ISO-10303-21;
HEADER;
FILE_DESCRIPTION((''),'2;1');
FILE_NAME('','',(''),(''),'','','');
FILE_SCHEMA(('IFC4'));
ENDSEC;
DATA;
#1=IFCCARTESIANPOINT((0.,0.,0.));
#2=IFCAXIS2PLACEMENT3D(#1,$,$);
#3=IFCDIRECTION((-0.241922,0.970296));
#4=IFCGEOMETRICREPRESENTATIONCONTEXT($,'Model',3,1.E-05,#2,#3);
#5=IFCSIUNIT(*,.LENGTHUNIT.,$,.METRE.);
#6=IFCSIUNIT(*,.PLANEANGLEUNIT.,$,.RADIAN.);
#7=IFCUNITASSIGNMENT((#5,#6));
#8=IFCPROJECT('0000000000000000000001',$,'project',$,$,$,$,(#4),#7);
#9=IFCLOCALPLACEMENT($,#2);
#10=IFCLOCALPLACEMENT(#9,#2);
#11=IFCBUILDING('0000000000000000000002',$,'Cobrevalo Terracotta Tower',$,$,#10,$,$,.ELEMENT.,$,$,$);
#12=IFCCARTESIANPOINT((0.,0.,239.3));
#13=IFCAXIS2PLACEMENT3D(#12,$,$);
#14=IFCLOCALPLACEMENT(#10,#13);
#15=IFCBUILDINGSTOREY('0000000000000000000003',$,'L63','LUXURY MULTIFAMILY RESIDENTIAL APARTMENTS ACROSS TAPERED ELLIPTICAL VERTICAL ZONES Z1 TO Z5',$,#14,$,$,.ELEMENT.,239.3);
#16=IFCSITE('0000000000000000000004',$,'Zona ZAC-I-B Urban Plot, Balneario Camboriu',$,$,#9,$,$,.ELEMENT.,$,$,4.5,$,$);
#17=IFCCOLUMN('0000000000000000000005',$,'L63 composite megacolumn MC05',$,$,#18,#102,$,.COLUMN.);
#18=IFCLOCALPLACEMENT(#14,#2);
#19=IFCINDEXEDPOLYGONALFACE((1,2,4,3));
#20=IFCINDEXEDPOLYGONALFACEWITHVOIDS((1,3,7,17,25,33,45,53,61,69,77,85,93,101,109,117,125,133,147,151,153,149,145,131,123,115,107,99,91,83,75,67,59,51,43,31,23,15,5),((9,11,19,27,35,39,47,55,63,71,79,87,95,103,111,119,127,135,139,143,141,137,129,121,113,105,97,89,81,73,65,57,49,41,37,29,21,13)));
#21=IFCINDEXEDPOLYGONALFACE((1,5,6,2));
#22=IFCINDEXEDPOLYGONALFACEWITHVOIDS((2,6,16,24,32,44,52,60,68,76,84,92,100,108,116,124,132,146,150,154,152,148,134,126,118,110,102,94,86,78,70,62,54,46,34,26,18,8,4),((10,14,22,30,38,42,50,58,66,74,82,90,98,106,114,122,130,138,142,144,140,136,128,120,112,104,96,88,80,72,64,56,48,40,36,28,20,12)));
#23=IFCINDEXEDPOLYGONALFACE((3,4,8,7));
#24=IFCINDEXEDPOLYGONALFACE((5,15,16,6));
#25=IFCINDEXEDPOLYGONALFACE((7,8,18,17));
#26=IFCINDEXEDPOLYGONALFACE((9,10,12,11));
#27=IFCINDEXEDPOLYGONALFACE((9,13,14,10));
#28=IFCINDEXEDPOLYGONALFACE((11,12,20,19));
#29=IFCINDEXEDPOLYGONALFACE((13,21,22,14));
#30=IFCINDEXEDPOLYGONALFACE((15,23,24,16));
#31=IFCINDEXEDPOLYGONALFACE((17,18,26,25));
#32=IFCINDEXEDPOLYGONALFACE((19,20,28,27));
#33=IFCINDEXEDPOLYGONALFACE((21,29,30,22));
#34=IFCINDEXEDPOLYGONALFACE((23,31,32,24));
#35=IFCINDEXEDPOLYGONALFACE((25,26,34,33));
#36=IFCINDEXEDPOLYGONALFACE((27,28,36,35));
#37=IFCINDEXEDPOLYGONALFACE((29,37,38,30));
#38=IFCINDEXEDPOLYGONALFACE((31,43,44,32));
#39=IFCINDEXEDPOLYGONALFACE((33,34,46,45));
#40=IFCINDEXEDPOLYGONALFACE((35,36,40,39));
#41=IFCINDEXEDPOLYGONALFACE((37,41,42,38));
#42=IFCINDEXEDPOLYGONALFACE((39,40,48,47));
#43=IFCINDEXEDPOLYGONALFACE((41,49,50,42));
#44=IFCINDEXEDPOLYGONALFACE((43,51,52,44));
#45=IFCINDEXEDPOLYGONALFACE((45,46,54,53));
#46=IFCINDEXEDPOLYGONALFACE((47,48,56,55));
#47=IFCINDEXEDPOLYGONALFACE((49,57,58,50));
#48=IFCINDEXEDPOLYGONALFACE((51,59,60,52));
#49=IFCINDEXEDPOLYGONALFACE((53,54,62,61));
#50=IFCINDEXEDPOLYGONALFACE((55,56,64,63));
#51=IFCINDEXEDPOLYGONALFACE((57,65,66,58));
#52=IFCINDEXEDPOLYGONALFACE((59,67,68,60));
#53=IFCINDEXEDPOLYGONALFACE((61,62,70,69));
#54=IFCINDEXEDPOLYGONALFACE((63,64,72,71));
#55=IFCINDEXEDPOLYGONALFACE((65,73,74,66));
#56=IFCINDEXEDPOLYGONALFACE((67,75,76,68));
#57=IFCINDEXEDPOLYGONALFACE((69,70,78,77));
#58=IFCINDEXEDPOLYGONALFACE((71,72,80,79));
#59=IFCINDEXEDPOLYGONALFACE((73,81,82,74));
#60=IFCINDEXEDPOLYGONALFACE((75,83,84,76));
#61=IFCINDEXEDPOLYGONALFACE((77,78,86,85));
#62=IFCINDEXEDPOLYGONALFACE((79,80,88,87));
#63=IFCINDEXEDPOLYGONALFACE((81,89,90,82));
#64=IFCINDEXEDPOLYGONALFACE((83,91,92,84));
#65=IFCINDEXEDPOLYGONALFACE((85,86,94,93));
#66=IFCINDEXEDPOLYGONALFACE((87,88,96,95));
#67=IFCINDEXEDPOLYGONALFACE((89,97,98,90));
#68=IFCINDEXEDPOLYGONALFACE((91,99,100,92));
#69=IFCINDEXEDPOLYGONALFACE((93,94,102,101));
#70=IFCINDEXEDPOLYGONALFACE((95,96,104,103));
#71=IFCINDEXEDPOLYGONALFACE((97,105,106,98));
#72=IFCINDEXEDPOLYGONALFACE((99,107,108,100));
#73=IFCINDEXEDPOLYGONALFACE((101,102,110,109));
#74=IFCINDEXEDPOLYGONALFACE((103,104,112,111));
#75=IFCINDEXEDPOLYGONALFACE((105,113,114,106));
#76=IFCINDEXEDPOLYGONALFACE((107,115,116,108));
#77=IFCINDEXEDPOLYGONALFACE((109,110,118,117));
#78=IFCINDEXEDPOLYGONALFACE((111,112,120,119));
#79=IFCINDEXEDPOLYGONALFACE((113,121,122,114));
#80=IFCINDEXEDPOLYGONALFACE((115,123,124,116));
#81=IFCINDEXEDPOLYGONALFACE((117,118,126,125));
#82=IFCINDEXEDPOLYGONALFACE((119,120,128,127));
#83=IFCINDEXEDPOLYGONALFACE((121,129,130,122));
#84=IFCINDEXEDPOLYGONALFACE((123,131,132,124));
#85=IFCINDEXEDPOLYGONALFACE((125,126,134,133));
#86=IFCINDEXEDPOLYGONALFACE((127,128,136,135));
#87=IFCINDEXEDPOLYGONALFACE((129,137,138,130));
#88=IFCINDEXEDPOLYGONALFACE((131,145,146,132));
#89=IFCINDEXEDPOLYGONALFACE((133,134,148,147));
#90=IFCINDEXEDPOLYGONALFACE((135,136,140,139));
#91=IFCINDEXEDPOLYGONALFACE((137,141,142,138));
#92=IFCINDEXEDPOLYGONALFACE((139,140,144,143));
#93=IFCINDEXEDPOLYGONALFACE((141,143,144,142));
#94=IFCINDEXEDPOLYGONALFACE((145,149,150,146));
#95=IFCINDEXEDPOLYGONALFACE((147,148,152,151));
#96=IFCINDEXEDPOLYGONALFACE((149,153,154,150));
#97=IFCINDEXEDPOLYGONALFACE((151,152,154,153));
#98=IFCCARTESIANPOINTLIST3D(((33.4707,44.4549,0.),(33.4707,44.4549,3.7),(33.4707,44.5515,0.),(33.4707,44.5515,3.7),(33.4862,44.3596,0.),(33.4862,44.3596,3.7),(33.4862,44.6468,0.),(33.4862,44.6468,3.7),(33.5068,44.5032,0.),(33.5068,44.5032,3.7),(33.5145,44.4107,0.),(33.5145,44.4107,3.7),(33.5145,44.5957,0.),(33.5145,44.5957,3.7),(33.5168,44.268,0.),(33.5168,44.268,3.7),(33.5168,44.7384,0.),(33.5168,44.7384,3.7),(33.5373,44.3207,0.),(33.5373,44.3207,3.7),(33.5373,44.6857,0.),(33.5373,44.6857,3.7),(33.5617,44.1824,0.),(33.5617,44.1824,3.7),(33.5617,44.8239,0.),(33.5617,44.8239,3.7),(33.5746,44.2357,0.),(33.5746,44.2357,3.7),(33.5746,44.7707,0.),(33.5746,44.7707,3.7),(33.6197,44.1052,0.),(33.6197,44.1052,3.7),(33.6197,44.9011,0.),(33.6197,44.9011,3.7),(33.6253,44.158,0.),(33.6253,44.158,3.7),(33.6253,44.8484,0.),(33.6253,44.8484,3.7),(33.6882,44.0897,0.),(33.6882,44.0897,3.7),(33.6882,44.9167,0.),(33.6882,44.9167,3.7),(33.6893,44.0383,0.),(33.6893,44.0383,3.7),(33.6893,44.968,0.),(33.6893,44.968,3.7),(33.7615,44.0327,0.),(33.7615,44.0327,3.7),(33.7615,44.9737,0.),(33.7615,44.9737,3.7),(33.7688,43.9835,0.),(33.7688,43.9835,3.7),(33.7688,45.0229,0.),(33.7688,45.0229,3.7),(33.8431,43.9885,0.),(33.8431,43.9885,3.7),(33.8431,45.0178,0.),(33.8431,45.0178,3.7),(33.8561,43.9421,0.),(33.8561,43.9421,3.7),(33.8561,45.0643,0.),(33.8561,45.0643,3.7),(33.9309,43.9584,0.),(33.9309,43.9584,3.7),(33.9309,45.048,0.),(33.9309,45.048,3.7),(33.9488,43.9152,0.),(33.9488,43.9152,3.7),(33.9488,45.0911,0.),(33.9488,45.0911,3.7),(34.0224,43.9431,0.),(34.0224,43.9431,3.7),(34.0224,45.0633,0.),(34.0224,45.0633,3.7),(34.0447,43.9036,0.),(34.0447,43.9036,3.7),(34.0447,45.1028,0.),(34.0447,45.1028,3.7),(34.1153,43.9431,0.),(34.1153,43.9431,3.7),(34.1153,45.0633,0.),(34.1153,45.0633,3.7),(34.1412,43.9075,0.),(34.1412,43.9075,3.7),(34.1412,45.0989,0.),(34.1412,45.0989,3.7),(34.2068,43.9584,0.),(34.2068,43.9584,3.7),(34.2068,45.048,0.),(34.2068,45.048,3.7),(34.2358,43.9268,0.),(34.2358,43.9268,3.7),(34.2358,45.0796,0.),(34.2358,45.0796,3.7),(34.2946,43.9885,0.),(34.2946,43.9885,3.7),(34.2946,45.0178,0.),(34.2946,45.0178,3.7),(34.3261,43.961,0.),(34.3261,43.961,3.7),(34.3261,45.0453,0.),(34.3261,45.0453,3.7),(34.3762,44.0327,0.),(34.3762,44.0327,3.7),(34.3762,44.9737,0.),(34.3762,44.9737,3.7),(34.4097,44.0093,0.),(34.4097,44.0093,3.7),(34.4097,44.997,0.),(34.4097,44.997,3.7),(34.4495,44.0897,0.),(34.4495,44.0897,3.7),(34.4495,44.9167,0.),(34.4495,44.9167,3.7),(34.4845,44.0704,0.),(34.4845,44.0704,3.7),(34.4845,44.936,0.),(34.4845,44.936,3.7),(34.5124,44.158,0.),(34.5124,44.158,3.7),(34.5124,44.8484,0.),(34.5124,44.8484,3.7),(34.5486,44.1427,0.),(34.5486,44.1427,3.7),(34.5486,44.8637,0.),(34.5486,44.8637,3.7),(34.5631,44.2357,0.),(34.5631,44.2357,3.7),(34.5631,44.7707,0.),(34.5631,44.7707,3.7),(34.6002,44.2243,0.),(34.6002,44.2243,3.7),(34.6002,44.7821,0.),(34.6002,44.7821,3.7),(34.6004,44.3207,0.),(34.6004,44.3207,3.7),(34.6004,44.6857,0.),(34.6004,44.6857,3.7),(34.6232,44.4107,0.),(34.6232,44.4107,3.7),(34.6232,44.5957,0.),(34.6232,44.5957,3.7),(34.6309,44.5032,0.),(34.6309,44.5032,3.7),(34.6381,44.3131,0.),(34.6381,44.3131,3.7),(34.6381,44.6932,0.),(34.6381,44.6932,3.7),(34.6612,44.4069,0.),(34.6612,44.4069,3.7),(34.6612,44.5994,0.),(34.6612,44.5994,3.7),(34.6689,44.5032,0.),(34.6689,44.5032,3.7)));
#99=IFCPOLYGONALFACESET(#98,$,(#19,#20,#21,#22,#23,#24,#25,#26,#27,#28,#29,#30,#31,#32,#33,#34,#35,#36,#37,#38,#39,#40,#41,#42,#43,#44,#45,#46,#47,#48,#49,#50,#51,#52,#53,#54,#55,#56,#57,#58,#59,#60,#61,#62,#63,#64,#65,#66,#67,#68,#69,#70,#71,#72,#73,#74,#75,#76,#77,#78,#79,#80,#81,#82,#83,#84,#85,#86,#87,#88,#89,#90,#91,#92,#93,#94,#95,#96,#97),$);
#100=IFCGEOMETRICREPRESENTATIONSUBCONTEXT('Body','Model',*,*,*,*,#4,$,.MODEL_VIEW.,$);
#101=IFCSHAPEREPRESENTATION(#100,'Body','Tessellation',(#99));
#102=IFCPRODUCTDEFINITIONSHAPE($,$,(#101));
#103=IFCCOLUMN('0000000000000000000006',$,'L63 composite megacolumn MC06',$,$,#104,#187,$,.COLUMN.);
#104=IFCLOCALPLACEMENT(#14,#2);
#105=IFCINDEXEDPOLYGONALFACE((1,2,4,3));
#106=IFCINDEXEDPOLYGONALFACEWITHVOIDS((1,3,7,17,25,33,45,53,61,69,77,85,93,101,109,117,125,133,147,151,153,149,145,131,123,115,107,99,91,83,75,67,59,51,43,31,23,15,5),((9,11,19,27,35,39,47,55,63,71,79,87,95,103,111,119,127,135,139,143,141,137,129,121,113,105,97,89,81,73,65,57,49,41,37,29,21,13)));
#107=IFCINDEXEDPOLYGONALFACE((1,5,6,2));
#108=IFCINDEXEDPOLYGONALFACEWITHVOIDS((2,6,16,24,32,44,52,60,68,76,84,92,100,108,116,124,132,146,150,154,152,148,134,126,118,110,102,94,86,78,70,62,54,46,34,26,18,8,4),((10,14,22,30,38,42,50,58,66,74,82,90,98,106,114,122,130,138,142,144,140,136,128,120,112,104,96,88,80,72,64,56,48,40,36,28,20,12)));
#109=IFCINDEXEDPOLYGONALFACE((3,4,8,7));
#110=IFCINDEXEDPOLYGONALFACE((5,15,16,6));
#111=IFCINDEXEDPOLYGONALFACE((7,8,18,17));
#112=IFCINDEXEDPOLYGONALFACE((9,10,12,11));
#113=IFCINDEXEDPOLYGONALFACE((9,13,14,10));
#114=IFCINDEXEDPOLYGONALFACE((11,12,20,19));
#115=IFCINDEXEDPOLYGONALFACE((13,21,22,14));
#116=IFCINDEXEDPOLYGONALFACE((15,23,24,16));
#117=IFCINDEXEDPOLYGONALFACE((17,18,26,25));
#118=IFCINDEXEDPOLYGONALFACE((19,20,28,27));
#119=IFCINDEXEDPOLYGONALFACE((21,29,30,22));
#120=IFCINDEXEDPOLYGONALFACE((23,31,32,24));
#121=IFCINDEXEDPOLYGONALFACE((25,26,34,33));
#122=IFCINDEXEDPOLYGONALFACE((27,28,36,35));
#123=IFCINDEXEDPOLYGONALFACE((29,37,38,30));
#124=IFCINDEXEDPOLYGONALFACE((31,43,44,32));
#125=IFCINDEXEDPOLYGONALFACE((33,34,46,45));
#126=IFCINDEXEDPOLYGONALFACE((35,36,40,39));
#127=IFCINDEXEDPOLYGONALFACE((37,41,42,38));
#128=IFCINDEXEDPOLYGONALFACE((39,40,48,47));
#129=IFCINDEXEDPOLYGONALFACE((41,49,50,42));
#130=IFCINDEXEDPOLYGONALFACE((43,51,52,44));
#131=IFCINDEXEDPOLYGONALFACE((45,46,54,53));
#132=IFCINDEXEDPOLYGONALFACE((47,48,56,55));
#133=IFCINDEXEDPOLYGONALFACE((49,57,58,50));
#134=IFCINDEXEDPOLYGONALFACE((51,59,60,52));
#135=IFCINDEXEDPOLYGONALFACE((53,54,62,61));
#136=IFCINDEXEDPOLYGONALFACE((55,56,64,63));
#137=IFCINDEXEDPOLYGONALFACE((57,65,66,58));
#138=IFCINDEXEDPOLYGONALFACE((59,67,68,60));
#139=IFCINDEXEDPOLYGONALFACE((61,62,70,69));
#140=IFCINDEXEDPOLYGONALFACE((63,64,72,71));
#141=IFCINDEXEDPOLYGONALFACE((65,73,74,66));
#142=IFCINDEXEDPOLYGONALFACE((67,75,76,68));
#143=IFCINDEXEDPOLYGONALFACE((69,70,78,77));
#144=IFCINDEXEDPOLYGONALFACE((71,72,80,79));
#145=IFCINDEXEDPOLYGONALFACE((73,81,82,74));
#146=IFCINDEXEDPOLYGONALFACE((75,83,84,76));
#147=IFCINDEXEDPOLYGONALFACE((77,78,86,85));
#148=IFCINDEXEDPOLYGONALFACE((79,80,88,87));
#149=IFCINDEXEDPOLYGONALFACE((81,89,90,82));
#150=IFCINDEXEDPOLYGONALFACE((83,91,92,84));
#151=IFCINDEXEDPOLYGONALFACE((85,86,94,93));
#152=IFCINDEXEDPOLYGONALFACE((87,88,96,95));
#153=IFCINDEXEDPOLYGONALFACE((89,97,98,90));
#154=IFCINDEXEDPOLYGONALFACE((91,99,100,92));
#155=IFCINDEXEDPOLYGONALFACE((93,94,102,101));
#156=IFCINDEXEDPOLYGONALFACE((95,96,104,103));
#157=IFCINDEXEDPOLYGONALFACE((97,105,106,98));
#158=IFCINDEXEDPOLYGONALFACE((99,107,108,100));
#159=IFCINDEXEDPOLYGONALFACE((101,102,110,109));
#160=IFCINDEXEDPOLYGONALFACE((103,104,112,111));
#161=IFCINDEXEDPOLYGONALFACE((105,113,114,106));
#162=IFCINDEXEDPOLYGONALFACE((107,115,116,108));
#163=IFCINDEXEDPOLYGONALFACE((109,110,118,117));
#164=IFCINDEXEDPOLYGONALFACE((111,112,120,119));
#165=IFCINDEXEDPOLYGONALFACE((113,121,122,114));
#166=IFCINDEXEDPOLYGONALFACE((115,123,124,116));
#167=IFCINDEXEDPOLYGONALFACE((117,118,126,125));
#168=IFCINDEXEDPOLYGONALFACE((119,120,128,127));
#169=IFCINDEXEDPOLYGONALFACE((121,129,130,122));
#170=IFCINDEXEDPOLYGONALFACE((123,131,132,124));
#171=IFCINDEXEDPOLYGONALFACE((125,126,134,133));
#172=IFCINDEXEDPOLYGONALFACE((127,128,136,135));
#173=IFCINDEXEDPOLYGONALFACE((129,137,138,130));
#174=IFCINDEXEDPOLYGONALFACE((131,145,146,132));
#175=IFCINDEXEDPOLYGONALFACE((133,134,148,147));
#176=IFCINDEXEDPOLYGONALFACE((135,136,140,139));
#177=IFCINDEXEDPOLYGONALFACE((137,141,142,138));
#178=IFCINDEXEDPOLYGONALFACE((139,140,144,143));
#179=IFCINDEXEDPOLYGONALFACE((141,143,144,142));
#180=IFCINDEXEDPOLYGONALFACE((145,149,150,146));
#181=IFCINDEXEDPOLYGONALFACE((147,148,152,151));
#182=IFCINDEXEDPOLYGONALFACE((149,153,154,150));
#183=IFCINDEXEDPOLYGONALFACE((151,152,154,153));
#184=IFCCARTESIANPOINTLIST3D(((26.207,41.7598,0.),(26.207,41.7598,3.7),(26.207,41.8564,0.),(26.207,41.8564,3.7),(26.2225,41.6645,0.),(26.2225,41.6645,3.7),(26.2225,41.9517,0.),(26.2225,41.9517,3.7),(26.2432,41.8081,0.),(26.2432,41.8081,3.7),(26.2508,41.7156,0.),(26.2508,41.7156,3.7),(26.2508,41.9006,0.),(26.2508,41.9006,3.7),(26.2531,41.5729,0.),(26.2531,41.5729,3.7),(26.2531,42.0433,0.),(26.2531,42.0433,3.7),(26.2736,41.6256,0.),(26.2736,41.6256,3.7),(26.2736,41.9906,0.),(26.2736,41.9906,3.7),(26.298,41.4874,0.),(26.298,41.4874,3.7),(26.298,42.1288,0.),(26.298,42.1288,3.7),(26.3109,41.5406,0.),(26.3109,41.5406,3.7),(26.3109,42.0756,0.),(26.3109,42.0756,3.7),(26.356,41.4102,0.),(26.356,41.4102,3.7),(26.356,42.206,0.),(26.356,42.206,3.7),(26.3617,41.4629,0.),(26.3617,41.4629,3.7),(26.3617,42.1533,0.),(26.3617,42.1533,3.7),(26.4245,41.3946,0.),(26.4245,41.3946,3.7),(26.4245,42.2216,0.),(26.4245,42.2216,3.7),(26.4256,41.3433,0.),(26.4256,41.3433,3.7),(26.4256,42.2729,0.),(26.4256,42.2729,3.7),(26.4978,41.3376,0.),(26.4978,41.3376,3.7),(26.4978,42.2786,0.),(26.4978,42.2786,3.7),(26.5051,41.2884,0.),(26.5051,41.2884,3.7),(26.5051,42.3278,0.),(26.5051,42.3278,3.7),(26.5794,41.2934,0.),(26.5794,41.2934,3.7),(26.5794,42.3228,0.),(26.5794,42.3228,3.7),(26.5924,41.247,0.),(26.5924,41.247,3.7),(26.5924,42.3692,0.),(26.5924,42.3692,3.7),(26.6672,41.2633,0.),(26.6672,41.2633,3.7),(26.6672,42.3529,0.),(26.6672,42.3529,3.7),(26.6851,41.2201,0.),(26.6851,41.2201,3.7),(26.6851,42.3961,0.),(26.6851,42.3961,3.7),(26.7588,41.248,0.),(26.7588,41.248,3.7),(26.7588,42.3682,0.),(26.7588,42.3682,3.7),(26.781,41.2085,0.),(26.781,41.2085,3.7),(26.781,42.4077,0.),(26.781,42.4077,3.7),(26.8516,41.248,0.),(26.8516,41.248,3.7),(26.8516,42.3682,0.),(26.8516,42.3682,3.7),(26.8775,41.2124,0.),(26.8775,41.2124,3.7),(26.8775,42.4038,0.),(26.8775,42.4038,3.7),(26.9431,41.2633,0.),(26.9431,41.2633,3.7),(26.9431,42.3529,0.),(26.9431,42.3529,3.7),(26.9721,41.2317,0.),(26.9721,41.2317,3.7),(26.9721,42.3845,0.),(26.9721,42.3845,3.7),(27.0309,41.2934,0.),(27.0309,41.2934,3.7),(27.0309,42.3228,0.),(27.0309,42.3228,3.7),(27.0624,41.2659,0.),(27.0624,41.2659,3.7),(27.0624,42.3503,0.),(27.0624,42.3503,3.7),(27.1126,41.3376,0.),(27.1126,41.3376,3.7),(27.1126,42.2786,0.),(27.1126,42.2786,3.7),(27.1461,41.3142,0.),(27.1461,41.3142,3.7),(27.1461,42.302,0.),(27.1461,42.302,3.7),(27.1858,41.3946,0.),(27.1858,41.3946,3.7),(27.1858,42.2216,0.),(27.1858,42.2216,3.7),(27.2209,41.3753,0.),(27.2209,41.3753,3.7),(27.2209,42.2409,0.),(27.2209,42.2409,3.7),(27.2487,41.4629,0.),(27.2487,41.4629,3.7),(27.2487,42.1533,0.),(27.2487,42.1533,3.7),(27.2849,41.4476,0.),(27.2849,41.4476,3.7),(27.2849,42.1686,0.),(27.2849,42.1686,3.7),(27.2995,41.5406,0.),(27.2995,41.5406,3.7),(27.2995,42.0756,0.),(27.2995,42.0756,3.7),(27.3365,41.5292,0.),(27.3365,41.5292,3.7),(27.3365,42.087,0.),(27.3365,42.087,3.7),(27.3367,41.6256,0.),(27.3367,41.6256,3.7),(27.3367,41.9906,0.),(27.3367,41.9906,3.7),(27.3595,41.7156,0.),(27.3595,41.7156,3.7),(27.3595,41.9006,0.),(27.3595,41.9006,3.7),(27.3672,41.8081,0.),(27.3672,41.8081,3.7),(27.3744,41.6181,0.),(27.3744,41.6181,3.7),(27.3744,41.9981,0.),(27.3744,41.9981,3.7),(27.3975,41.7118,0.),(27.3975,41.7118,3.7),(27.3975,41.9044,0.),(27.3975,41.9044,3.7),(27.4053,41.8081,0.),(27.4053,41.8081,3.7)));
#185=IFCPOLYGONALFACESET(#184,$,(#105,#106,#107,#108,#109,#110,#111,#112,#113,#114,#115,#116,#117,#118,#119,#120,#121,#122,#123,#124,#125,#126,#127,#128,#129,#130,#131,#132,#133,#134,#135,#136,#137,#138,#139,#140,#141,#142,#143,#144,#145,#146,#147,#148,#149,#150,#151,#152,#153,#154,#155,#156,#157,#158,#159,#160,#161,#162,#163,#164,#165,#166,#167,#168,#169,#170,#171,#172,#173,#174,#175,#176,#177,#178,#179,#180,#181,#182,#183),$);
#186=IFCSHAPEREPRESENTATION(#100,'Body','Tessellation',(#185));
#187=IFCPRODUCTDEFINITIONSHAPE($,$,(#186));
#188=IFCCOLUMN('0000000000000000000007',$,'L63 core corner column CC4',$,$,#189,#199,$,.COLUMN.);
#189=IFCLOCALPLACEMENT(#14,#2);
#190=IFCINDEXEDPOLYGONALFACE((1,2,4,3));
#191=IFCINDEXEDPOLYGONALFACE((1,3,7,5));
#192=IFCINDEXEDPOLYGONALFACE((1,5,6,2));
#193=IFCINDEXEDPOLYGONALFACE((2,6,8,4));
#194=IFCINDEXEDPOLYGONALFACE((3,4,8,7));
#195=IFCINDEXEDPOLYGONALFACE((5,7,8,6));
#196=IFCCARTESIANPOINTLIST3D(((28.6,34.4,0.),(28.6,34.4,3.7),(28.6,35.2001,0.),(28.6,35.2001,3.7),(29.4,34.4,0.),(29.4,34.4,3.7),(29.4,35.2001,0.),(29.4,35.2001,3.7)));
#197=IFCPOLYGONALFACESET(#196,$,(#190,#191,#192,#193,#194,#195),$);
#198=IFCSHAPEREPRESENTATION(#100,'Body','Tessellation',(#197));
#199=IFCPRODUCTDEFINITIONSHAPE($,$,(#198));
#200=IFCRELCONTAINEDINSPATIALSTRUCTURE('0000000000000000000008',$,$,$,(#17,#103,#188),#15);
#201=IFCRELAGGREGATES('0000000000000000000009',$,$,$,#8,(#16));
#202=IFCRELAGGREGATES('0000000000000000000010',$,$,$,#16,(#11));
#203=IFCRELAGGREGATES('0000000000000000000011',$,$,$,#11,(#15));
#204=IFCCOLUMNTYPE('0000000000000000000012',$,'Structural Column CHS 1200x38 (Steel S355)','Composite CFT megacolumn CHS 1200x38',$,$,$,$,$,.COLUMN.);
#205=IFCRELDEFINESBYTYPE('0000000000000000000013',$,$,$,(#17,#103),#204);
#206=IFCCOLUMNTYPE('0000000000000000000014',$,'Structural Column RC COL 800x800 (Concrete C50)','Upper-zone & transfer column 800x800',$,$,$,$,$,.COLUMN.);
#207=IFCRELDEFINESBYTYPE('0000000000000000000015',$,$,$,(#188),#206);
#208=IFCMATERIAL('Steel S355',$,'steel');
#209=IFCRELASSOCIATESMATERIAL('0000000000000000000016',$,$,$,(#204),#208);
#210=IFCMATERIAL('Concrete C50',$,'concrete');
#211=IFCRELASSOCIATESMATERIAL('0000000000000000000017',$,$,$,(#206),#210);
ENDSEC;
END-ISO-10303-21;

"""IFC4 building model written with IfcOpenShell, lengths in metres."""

from ifc_helpers import new_model, si_unit, direction, frame, origin, origin_2d, place, context, subcontext, project, spatial, rectangle, hollow_circle, extrude, material, material_profile, profile_set, type_object, element, save


model = new_model("IFC4")

# Units and contexts
model_context = context("Model", 3, precision=1e-05, world=origin(), true_north=direction((-0.241922, 0.970296)))
body_context = subcontext(model_context, "Body", "Model", "MODEL_VIEW")
ifc_project = project(units=[si_unit("LENGTHUNIT", "METRE"), si_unit("PLANEANGLEUNIT", "RADIAN")], contexts=[model_context])

# Site, building, storey
site_placement = place(None, origin())
site = spatial("IfcSite", under=ifc_project, at=site_placement, Name="Zona ZAC-I-B Urban Plot, Balneario Camboriu", CompositionType="ELEMENT", RefElevation=4.5)
building_placement = place(site_placement, origin())
building = spatial("IfcBuilding", under=site, at=building_placement, Name="Cobrevalo Terracotta Tower", CompositionType="ELEMENT")
storey_placement = place(building_placement, frame((0.0, 0.0, 239.3)))
storey = spatial("IfcBuildingStorey", under=building, at=storey_placement, Name="L63", Description="LUXURY MULTIFAMILY RESIDENTIAL APARTMENTS ACROSS TAPERED ELLIPTICAL VERTICAL ZONES Z1 TO Z5", CompositionType="ELEMENT", Elevation=239.3)

# Columns
ifc_material_1 = material(Name="Steel S355", Category="steel")
ifc_material_profile_1 = material_profile(ifc_material_1, hollow_circle(Radius=0.6001, WallThickness=0.0381, at=origin_2d()), Name="CHS 1200x38")
ifc_profile_set_1 = profile_set([ifc_material_profile_1], Name="Steel S355")
column_type_1 = type_object("IfcColumnType", Name="Structural Column CHS 1200x38 (Steel S355)", Description="Composite CFT megacolumn CHS 1200x38", PredefinedType="COLUMN", material=ifc_profile_set_1)
for number, where, z_axis, x_axis, name in (
    (1, (34.0688, 44.5032, 0.0), (0.0, 0.0, 1.0), (1.0, 0.0, 0.0), "L63 composite megacolumn MC05"),
    (2, (26.8052, 41.8081, 0.0), (0.0, 0.0, 1.0), (1.0, 0.0, 0.0), "L63 composite megacolumn MC06"),
):
    element("IfcColumn", number, at=place(storey_placement, frame(where, z_axis=z_axis, x_axis=x_axis)), inside=storey, type_object=column_type_1, Name=name, PredefinedType="COLUMN", context=body_context, shape_type="SweptSolid", body=[
        extrude(hollow_circle(Radius=0.6001, WallThickness=0.0381, at=origin_2d()), origin(), (0.0, 0.0, 1.0), 3.7),
    ])
ifc_material_2 = material(Name="Concrete C50", Category="concrete")
ifc_material_profile_2 = material_profile(ifc_material_2, rectangle(XDim=0.8, YDim=0.8, at=origin_2d()), Name="RC COL 800x800")
ifc_profile_set_2 = profile_set([ifc_material_profile_2], Name="Concrete C50")
column_type_2 = type_object("IfcColumnType", Name="Structural Column RC COL 800x800 (Concrete C50)", Description="Upper-zone & transfer column 800x800", PredefinedType="COLUMN", material=ifc_profile_set_2)
column_placement = place(storey_placement, frame((29.0, 34.8, 0.0), z_axis=(0.0, 0.0, 1.0), x_axis=(1.0, 0.0, 0.0)))
element("IfcColumn", 3, at=column_placement, inside=storey, type_object=column_type_2, Name="L63 core corner column CC4", PredefinedType="COLUMN", context=body_context, shape_type="SweptSolid", body=[
    extrude(rectangle(XDim=0.8, YDim=0.8, at=origin_2d()), origin(), (0.0, 0.0, 1.0), 3.7),
])

save(model, "model.ifc")
